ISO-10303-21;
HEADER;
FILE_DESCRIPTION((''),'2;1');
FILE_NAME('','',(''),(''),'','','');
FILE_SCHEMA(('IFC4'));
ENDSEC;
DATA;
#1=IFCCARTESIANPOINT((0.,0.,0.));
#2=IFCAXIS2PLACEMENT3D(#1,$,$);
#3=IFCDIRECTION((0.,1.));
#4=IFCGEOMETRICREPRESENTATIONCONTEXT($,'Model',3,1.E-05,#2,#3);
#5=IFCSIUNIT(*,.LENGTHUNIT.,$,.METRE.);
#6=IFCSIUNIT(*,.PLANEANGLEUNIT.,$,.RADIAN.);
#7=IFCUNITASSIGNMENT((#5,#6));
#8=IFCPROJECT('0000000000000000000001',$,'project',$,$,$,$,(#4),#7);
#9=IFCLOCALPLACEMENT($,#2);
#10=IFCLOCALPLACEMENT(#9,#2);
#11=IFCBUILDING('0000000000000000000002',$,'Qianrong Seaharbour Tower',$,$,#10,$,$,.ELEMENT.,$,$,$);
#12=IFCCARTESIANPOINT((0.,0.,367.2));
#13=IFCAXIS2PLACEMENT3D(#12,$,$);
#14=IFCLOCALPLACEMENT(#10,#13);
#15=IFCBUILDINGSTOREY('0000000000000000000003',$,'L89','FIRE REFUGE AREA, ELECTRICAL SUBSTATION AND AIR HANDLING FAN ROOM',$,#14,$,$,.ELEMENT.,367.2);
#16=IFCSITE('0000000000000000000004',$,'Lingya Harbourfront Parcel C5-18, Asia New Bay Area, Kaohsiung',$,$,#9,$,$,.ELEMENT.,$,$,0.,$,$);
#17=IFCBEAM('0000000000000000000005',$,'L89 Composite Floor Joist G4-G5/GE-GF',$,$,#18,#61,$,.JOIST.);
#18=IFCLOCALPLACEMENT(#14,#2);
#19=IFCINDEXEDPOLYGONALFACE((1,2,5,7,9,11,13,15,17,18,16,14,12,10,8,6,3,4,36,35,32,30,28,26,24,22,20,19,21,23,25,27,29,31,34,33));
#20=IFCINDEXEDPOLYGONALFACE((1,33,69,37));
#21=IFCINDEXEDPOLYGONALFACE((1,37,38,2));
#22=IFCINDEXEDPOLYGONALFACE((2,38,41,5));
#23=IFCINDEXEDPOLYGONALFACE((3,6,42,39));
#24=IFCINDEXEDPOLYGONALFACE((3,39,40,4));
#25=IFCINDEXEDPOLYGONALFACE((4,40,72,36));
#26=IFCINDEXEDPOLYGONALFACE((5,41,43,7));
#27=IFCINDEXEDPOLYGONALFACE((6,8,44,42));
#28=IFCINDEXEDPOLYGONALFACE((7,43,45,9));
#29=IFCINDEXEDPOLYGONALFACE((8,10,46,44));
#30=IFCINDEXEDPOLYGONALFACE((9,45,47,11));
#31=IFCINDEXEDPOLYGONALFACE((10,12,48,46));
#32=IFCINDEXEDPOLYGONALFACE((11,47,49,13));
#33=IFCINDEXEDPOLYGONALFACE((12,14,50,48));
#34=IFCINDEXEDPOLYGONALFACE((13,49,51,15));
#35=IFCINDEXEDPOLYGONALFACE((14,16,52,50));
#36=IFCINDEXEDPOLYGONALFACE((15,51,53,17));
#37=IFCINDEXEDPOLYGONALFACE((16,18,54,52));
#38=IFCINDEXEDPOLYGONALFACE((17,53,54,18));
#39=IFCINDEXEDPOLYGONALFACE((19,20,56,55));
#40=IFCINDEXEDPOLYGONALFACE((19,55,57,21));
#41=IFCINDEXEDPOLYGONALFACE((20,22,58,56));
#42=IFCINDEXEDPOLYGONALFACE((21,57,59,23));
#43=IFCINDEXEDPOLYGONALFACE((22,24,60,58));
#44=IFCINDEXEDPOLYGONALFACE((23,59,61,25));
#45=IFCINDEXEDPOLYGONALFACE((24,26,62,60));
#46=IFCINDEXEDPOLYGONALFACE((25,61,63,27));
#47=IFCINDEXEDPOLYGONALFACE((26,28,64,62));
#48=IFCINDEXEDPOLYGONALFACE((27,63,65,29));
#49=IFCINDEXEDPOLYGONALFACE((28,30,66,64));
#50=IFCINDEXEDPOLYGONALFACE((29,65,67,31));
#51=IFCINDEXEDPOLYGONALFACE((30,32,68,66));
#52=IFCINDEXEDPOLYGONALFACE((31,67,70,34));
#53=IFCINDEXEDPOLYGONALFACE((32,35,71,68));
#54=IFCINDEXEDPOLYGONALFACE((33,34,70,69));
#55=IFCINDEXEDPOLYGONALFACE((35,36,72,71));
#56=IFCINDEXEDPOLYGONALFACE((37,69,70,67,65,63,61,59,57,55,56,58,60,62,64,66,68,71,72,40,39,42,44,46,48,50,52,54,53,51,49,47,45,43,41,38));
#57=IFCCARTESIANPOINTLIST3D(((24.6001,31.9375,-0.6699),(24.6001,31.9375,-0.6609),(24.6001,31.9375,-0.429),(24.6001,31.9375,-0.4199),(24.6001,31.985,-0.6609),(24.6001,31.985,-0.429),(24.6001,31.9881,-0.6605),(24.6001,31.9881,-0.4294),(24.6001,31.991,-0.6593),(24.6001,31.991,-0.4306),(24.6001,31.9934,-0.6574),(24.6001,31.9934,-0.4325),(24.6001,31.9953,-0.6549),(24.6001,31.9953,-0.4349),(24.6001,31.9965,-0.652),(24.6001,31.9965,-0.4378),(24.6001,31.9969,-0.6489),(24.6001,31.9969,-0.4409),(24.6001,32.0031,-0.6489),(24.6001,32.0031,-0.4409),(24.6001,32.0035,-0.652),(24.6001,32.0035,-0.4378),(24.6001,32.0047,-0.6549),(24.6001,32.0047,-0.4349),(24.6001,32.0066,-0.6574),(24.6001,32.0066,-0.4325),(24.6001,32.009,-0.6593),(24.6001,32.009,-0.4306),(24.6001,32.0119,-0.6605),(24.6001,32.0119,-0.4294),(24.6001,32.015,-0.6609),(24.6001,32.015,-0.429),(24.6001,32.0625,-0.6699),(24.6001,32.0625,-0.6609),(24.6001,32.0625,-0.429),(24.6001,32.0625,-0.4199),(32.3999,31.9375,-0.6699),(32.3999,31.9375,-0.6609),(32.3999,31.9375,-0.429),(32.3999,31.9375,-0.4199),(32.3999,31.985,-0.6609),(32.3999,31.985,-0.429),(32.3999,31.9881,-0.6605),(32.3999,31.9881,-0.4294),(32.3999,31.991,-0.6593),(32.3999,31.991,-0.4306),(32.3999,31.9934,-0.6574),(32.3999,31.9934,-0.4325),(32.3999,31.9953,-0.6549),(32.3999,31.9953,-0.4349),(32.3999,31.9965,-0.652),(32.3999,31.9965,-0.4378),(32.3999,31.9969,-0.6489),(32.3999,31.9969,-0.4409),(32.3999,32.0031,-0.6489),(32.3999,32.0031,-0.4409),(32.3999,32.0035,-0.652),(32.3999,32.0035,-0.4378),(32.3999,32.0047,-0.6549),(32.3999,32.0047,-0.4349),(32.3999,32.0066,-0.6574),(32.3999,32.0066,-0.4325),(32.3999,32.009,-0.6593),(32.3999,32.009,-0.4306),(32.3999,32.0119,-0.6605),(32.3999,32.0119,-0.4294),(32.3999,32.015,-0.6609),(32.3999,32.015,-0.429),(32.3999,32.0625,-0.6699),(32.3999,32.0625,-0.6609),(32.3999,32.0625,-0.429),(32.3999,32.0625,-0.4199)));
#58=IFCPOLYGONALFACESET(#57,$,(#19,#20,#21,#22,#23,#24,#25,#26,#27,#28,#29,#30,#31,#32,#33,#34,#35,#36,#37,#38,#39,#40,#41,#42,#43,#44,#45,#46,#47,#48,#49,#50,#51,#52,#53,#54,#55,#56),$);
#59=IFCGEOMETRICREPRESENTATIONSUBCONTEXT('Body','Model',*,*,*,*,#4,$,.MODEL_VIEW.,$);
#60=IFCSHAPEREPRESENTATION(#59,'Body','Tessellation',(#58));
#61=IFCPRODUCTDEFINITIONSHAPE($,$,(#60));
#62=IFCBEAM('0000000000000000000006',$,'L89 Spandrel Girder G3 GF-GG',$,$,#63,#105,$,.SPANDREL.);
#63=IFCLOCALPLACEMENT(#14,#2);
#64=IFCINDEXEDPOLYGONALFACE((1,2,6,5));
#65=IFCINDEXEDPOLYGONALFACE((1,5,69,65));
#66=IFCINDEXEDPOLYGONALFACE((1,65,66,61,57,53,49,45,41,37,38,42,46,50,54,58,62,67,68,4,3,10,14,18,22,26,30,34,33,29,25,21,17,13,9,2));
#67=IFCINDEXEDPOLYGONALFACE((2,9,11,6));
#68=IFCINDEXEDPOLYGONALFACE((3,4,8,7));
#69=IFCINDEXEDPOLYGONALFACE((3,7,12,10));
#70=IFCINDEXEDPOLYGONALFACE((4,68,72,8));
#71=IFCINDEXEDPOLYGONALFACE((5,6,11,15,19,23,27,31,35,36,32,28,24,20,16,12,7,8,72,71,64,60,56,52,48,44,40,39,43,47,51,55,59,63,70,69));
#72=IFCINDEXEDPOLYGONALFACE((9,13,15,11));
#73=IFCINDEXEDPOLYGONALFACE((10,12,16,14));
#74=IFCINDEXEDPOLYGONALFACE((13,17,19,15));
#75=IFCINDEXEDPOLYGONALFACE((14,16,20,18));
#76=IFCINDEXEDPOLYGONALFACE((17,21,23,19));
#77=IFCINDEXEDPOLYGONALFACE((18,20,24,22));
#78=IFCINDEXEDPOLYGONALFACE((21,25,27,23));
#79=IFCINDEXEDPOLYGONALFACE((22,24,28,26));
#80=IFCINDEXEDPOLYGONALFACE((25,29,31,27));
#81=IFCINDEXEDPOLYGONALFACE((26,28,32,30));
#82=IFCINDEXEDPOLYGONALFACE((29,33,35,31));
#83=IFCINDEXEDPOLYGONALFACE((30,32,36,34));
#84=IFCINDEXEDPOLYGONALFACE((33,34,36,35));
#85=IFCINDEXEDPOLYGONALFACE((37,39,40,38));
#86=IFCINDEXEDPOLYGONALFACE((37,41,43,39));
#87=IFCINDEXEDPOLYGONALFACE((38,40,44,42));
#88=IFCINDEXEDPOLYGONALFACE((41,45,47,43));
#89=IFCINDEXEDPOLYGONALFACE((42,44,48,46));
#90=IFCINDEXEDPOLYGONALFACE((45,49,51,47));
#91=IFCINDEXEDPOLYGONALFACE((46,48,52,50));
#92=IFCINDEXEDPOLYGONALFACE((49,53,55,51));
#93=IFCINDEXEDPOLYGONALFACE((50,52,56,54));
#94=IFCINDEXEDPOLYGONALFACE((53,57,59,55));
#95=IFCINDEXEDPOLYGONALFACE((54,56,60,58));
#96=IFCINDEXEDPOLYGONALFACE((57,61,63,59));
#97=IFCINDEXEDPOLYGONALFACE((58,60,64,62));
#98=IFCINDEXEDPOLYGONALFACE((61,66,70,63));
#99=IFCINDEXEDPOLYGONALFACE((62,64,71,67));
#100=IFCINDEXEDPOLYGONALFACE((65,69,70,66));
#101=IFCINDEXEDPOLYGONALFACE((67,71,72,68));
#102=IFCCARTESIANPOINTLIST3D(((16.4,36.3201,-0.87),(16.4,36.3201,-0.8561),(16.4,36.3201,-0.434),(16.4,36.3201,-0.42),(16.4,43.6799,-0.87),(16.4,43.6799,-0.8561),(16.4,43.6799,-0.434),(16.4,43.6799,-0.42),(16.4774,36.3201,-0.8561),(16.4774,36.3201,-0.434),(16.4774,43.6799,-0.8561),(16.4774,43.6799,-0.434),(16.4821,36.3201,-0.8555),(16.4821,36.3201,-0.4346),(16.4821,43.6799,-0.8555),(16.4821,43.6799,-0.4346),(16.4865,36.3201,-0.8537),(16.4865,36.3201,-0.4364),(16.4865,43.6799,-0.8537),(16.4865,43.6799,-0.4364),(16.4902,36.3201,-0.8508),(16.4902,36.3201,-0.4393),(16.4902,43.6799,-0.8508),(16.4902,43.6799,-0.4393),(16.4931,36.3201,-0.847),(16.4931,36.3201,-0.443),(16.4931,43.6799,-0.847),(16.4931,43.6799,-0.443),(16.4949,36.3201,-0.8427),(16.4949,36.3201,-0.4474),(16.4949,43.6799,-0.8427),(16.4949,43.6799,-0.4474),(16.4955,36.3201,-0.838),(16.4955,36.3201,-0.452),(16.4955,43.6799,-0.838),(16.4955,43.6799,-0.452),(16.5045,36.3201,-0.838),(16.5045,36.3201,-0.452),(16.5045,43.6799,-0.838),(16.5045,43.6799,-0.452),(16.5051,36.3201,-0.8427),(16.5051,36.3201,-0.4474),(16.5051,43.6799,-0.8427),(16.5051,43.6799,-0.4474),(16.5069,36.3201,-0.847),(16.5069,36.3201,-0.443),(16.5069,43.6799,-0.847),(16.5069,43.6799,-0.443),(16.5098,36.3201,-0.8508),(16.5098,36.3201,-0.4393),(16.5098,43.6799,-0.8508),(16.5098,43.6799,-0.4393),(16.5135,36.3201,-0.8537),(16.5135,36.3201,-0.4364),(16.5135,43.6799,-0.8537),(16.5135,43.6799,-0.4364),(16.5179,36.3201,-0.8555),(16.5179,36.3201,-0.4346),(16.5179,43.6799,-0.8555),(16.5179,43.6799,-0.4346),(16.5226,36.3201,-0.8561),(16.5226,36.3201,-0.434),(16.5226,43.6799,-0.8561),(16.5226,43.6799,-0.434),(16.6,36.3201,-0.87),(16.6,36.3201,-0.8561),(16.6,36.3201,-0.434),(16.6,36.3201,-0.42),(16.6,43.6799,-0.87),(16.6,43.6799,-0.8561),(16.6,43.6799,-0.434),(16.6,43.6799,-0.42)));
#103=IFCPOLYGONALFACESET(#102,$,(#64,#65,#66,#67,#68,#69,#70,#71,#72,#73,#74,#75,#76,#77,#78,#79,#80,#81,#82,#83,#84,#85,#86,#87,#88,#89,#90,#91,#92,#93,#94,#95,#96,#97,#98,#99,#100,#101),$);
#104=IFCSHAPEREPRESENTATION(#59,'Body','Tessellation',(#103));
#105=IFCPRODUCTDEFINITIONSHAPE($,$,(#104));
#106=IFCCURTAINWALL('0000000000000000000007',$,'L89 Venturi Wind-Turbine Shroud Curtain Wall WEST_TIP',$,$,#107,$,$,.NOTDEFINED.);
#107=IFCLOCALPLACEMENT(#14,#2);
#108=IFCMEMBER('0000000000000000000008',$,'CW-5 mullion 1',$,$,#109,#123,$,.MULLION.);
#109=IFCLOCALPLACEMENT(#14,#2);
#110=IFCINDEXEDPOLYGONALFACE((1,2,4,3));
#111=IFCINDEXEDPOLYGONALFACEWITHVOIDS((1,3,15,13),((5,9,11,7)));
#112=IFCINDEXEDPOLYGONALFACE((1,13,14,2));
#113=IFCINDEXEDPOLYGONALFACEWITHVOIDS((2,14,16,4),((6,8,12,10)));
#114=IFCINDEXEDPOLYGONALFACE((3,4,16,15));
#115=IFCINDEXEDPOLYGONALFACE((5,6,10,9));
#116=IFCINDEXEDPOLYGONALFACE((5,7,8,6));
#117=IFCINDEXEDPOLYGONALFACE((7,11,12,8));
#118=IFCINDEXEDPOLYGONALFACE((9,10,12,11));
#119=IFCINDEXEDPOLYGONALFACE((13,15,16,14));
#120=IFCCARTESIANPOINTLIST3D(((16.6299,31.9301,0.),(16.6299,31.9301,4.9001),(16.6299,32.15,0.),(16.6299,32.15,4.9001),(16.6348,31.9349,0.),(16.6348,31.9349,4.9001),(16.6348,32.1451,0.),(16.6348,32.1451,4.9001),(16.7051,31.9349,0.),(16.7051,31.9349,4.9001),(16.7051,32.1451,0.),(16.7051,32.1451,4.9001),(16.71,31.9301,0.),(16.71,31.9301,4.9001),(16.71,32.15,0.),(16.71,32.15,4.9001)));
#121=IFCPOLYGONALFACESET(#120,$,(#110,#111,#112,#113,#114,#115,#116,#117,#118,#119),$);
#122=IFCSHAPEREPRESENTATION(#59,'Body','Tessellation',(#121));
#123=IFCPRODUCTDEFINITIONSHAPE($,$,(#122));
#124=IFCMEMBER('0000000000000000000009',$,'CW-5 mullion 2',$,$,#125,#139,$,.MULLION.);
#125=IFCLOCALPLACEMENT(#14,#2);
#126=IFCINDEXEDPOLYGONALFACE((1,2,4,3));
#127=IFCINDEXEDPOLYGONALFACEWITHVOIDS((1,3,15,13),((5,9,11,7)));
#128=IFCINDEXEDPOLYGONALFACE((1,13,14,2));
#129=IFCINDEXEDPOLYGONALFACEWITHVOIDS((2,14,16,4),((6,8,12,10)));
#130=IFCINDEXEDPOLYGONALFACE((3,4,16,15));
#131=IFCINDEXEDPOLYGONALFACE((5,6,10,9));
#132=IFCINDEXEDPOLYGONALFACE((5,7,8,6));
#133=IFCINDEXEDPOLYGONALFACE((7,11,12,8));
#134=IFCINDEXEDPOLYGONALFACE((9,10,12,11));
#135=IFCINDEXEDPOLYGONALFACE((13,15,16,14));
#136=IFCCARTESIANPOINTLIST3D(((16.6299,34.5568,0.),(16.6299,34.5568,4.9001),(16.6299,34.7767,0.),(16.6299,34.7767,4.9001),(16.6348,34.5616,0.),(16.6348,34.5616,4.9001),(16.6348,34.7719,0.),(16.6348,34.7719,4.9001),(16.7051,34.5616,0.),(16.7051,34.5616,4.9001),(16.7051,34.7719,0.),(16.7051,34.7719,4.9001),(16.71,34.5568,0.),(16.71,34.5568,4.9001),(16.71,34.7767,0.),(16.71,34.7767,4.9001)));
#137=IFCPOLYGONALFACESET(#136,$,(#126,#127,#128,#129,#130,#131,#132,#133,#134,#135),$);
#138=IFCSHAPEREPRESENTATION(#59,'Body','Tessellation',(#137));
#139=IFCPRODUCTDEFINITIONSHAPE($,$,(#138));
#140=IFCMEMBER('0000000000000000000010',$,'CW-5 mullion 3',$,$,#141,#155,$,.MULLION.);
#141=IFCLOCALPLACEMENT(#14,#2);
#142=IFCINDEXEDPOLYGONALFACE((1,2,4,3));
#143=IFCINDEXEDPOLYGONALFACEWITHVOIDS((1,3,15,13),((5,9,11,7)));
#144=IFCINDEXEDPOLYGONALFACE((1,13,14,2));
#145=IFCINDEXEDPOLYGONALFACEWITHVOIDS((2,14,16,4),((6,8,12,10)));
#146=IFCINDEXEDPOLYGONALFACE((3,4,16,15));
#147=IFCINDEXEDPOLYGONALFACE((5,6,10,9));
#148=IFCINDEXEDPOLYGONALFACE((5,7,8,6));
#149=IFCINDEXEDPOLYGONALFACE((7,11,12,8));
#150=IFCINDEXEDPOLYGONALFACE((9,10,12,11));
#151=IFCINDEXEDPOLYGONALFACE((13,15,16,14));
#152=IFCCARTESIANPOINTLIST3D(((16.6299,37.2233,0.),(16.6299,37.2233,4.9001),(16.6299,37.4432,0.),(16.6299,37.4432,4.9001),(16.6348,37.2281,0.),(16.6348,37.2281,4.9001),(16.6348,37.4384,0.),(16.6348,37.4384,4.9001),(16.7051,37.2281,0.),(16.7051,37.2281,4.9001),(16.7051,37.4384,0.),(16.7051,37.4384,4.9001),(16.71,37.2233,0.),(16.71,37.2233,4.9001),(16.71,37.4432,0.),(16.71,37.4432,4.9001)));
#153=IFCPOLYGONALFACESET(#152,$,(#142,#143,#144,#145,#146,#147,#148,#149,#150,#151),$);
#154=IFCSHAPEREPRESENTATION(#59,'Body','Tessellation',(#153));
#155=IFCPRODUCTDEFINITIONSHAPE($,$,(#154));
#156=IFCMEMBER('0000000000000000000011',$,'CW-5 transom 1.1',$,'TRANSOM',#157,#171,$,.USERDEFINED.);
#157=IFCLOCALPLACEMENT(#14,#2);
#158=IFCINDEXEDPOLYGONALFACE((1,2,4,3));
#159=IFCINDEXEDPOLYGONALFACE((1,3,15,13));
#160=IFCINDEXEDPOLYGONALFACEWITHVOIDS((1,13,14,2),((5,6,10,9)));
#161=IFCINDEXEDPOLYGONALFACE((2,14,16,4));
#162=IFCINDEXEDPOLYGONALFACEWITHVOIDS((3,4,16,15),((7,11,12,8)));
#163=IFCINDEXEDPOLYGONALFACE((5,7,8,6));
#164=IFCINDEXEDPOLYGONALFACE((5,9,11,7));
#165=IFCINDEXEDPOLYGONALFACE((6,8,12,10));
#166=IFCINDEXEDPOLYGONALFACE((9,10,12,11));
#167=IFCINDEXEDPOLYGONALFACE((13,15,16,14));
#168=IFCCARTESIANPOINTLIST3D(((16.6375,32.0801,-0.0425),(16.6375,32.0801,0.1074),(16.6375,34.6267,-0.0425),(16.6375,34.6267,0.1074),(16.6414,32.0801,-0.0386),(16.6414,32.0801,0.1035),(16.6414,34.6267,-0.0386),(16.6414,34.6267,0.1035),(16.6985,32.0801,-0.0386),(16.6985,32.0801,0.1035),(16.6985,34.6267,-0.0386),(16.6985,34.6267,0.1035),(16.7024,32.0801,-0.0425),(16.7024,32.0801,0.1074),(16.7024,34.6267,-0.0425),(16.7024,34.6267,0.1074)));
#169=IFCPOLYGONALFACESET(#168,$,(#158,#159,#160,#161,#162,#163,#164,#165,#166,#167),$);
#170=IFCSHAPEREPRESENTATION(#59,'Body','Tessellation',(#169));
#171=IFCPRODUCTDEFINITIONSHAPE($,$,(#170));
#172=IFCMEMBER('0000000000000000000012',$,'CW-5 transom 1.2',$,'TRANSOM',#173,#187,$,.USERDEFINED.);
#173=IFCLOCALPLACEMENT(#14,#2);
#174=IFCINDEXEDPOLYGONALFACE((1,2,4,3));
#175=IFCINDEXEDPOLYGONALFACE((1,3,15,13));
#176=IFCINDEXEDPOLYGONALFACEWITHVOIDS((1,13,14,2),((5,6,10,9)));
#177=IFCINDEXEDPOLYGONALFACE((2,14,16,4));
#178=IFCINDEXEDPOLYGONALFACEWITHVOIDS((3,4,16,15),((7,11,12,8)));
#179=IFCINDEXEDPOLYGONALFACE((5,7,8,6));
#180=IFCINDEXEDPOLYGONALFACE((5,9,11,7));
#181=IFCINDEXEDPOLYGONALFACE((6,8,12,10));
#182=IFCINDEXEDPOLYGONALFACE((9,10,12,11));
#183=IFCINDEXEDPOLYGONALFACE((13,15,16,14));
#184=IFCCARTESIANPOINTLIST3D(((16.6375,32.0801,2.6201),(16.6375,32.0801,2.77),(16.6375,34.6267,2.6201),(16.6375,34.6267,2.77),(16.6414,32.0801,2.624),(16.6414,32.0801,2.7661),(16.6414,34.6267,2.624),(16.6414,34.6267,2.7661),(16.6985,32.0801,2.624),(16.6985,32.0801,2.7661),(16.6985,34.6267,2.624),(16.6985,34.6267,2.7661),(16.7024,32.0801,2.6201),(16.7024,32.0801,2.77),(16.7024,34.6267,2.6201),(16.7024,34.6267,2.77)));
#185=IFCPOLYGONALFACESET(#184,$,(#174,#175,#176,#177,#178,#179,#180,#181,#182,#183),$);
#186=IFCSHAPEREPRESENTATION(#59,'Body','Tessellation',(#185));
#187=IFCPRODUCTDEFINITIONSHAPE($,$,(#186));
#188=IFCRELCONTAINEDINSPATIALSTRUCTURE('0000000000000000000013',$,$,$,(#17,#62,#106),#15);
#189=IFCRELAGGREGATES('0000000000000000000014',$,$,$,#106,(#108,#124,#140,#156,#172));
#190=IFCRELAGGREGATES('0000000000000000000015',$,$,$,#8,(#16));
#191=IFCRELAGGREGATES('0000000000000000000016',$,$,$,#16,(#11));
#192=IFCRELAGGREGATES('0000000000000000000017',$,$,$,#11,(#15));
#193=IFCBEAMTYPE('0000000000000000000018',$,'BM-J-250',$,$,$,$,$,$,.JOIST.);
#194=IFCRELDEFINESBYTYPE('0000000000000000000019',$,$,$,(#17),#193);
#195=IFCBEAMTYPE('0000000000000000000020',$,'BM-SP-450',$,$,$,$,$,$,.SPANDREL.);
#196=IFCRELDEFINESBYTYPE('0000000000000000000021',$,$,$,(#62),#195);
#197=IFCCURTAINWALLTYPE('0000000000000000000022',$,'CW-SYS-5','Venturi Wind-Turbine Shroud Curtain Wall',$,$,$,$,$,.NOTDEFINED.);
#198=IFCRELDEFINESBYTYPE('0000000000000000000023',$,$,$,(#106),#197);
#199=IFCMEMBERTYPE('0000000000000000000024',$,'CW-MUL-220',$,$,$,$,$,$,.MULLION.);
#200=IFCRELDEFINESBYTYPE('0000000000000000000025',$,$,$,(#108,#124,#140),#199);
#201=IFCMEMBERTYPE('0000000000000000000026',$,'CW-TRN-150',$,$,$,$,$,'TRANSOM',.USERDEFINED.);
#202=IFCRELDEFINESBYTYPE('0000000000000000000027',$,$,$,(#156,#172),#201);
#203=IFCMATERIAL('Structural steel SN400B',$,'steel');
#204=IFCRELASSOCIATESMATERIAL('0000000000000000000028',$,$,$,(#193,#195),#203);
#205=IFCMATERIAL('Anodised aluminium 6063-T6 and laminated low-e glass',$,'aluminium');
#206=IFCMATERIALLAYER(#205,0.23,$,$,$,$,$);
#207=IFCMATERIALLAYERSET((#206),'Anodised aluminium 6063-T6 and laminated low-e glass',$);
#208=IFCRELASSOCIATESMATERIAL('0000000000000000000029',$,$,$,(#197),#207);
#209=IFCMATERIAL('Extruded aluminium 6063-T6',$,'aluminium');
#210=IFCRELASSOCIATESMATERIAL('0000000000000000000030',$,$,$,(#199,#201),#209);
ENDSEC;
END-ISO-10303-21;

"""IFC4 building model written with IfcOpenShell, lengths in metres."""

from ifc_helpers import new_model, si_unit, direction, frame, origin, origin_2d, place, context, subcontext, project, spatial, hollow_rectangle, i_section, extrude, material, layer, layer_set, material_profile, profile_set, type_object, element, aggregate, save


model = new_model("IFC4")

# Units and contexts
model_context = context("Model", 3, precision=1e-05, world=origin(), true_north=direction((0.0, 1.0)))
body_context = subcontext(model_context, "Body", "Model", "MODEL_VIEW")
ifc_project = project(units=[si_unit("LENGTHUNIT", "METRE"), si_unit("PLANEANGLEUNIT", "RADIAN")], contexts=[model_context])

# Site, building, storey
site_placement = place(None, origin())
site = spatial("IfcSite", under=ifc_project, at=site_placement, Name="Lingya Harbourfront Parcel C5-18, Asia New Bay Area, Kaohsiung", CompositionType="ELEMENT", RefElevation=0.0)
building_placement = place(site_placement, origin())
building = spatial("IfcBuilding", under=site, at=building_placement, Name="Qianrong Seaharbour Tower", CompositionType="ELEMENT")
storey_placement = place(building_placement, frame((0.0, 0.0, 367.2)))
storey = spatial("IfcBuildingStorey", under=building, at=storey_placement, Name="L89", Description="FIRE REFUGE AREA, ELECTRICAL SUBSTATION AND AIR HANDLING FAN ROOM", CompositionType="ELEMENT", Elevation=367.2)

# Shared definitions
ifc_material_1 = material(Name="Structural steel SN400B", Category="steel")

# Beams
ifc_material_profile_1 = material_profile(ifc_material_1, i_section(OverallWidth=0.125, OverallDepth=0.25, WebThickness=0.0061, FlangeThickness=0.009, FilletRadius=0.012, at=origin_2d()), Name="H250x125x6x9")
ifc_profile_set_1 = profile_set([ifc_material_profile_1], Name="Structural steel SN400B")
beam_type_1 = type_object("IfcBeamType", Name="BM-J-250", PredefinedType="JOIST", material=ifc_profile_set_1)
beam_1_placement = place(storey_placement, frame((24.6001, 32.0, -0.5449), z_axis=(1.0, 0.0, 0.0), x_axis=(0.0, 1.0, 0.0)))
element("IfcBeam", 1, at=beam_1_placement, inside=storey, type_object=beam_type_1, Name="L89 Composite Floor Joist G4-G5/GE-GF", PredefinedType="JOIST", context=body_context, shape_type="SweptSolid", body=[
    extrude(i_section(OverallWidth=0.125, OverallDepth=0.25, WebThickness=0.0061, FlangeThickness=0.009, FilletRadius=0.012, at=origin_2d()), origin(), (0.0, 0.0, 1.0), 7.7998),
])
ifc_material_profile_2 = material_profile(ifc_material_1, i_section(OverallWidth=0.2, OverallDepth=0.45, WebThickness=0.009, FlangeThickness=0.0139, FilletRadius=0.0181, at=origin_2d()), Name="H450x200x9x14")
ifc_profile_set_2 = profile_set([ifc_material_profile_2], Name="Structural steel SN400B")
beam_type_2 = type_object("IfcBeamType", Name="BM-SP-450", PredefinedType="SPANDREL", material=ifc_profile_set_2)
beam_2_placement = place(storey_placement, frame((16.5, 36.3201, -0.645), z_axis=(0.0, 1.0, 0.0), x_axis=(-1.0, 0.0, 0.0)))
element("IfcBeam", 2, at=beam_2_placement, inside=storey, type_object=beam_type_2, Name="L89 Spandrel Girder G3 GF-GG", PredefinedType="SPANDREL", context=body_context, shape_type="SweptSolid", body=[
    extrude(i_section(OverallWidth=0.2, OverallDepth=0.45, WebThickness=0.009, FlangeThickness=0.0139, FilletRadius=0.0181, at=origin_2d()), origin(), (0.0, 0.0, 1.0), 7.3599),
])

# Curtain wall, members
ifc_material_2 = material(Name="Anodised aluminium 6063-T6 and laminated low-e glass", Category="aluminium")
ifc_layer_1 = layer(ifc_material_2, 0.23)
ifc_layer_set_1 = layer_set([ifc_layer_1], Name="Anodised aluminium 6063-T6 and laminated low-e glass")
curtain_wall_type = type_object("IfcCurtainWallType", Name="CW-SYS-5", Description="Venturi Wind-Turbine Shroud Curtain Wall", PredefinedType="NOTDEFINED", material=ifc_layer_set_1)
curtain_wall_placement = place(storey_placement, origin())
curtain_wall = element("IfcCurtainWall", 3, at=curtain_wall_placement, inside=storey, type_object=curtain_wall_type, Name="L89 Venturi Wind-Turbine Shroud Curtain Wall WEST_TIP", PredefinedType="NOTDEFINED")
ifc_material_3 = material(Name="Extruded aluminium 6063-T6", Category="aluminium")
ifc_material_profile_3 = material_profile(ifc_material_3, hollow_rectangle(XDim=0.0801, YDim=0.22, WallThickness=0.0049, at=origin_2d()), Name="ALU-MUL-220x80x5")
ifc_profile_set_3 = profile_set([ifc_material_profile_3], Name="Extruded aluminium 6063-T6")
member_type_1 = type_object("IfcMemberType", Name="CW-MUL-220", PredefinedType="MULLION", material=ifc_profile_set_3)
member_1_placement = place(storey_placement, frame((16.6699, 32.04, 0.0), z_axis=(0.0, 0.0, 1.0), x_axis=(-1.0, 0.0, 0.0)))
member_1 = element("IfcMember", 4, at=member_1_placement, type_object=member_type_1, Name="CW-5 mullion 1", PredefinedType="MULLION", context=body_context, shape_type="SweptSolid", body=[
    extrude(hollow_rectangle(XDim=0.0801, YDim=0.22, WallThickness=0.0049, at=origin_2d()), origin(), (0.0, 0.0, 1.0), 4.9001),
])
member_2_placement = place(storey_placement, frame((16.6699, 34.6667, 0.0), z_axis=(0.0, 0.0, 1.0), x_axis=(-1.0, 0.0, 0.0)))
member_2 = element("IfcMember", 5, at=member_2_placement, type_object=member_type_1, Name="CW-5 mullion 2", PredefinedType="MULLION", context=body_context, shape_type="SweptSolid", body=[
    extrude(hollow_rectangle(XDim=0.0801, YDim=0.22, WallThickness=0.0049, at=origin_2d()), origin(), (0.0, 0.0, 1.0), 4.9001),
])
member_3_placement = place(storey_placement, frame((16.6699, 37.3333, 0.0), z_axis=(0.0, 0.0, 1.0), x_axis=(-1.0, 0.0, 0.0)))
member_3 = element("IfcMember", 6, at=member_3_placement, type_object=member_type_1, Name="CW-5 mullion 3", PredefinedType="MULLION", context=body_context, shape_type="SweptSolid", body=[
    extrude(hollow_rectangle(XDim=0.0801, YDim=0.22, WallThickness=0.0049, at=origin_2d()), origin(), (0.0, 0.0, 1.0), 4.9001),
])
ifc_material_profile_4 = material_profile(ifc_material_3, hollow_rectangle(XDim=0.0649, YDim=0.1499, WallThickness=0.0039, at=origin_2d()), Name="ALU-TRN-150x65x4")
ifc_profile_set_4 = profile_set([ifc_material_profile_4], Name="Extruded aluminium 6063-T6")
member_type_2 = type_object("IfcMemberType", Name="CW-TRN-150", ElementType="TRANSOM", PredefinedType="USERDEFINED", material=ifc_profile_set_4)
member_4_placement = place(storey_placement, frame((16.6699, 32.0801, 0.0325), z_axis=(0.0, 1.0, 0.0), x_axis=(-1.0, 0.0, 0.0)))
member_4 = element("IfcMember", 7, at=member_4_placement, type_object=member_type_2, Name="CW-5 transom 1.1", ObjectType="TRANSOM", PredefinedType="USERDEFINED", context=body_context, shape_type="SweptSolid", body=[
    extrude(hollow_rectangle(XDim=0.0649, YDim=0.1499, WallThickness=0.0039, at=origin_2d()), origin(), (0.0, 0.0, 1.0), 2.5466),
])
member_5_placement = place(storey_placement, frame((16.6699, 32.0801, 2.6951), z_axis=(0.0, 1.0, 0.0), x_axis=(-1.0, 0.0, 0.0)))
member_5 = element("IfcMember", 8, at=member_5_placement, type_object=member_type_2, Name="CW-5 transom 1.2", ObjectType="TRANSOM", PredefinedType="USERDEFINED", context=body_context, shape_type="SweptSolid", body=[
    extrude(hollow_rectangle(XDim=0.0649, YDim=0.1499, WallThickness=0.0039, at=origin_2d()), origin(), (0.0, 0.0, 1.0), 2.5466),
])
aggregate(curtain_wall, [member_1, member_2, member_3, member_4, member_5])

save(model, "model.ifc")
